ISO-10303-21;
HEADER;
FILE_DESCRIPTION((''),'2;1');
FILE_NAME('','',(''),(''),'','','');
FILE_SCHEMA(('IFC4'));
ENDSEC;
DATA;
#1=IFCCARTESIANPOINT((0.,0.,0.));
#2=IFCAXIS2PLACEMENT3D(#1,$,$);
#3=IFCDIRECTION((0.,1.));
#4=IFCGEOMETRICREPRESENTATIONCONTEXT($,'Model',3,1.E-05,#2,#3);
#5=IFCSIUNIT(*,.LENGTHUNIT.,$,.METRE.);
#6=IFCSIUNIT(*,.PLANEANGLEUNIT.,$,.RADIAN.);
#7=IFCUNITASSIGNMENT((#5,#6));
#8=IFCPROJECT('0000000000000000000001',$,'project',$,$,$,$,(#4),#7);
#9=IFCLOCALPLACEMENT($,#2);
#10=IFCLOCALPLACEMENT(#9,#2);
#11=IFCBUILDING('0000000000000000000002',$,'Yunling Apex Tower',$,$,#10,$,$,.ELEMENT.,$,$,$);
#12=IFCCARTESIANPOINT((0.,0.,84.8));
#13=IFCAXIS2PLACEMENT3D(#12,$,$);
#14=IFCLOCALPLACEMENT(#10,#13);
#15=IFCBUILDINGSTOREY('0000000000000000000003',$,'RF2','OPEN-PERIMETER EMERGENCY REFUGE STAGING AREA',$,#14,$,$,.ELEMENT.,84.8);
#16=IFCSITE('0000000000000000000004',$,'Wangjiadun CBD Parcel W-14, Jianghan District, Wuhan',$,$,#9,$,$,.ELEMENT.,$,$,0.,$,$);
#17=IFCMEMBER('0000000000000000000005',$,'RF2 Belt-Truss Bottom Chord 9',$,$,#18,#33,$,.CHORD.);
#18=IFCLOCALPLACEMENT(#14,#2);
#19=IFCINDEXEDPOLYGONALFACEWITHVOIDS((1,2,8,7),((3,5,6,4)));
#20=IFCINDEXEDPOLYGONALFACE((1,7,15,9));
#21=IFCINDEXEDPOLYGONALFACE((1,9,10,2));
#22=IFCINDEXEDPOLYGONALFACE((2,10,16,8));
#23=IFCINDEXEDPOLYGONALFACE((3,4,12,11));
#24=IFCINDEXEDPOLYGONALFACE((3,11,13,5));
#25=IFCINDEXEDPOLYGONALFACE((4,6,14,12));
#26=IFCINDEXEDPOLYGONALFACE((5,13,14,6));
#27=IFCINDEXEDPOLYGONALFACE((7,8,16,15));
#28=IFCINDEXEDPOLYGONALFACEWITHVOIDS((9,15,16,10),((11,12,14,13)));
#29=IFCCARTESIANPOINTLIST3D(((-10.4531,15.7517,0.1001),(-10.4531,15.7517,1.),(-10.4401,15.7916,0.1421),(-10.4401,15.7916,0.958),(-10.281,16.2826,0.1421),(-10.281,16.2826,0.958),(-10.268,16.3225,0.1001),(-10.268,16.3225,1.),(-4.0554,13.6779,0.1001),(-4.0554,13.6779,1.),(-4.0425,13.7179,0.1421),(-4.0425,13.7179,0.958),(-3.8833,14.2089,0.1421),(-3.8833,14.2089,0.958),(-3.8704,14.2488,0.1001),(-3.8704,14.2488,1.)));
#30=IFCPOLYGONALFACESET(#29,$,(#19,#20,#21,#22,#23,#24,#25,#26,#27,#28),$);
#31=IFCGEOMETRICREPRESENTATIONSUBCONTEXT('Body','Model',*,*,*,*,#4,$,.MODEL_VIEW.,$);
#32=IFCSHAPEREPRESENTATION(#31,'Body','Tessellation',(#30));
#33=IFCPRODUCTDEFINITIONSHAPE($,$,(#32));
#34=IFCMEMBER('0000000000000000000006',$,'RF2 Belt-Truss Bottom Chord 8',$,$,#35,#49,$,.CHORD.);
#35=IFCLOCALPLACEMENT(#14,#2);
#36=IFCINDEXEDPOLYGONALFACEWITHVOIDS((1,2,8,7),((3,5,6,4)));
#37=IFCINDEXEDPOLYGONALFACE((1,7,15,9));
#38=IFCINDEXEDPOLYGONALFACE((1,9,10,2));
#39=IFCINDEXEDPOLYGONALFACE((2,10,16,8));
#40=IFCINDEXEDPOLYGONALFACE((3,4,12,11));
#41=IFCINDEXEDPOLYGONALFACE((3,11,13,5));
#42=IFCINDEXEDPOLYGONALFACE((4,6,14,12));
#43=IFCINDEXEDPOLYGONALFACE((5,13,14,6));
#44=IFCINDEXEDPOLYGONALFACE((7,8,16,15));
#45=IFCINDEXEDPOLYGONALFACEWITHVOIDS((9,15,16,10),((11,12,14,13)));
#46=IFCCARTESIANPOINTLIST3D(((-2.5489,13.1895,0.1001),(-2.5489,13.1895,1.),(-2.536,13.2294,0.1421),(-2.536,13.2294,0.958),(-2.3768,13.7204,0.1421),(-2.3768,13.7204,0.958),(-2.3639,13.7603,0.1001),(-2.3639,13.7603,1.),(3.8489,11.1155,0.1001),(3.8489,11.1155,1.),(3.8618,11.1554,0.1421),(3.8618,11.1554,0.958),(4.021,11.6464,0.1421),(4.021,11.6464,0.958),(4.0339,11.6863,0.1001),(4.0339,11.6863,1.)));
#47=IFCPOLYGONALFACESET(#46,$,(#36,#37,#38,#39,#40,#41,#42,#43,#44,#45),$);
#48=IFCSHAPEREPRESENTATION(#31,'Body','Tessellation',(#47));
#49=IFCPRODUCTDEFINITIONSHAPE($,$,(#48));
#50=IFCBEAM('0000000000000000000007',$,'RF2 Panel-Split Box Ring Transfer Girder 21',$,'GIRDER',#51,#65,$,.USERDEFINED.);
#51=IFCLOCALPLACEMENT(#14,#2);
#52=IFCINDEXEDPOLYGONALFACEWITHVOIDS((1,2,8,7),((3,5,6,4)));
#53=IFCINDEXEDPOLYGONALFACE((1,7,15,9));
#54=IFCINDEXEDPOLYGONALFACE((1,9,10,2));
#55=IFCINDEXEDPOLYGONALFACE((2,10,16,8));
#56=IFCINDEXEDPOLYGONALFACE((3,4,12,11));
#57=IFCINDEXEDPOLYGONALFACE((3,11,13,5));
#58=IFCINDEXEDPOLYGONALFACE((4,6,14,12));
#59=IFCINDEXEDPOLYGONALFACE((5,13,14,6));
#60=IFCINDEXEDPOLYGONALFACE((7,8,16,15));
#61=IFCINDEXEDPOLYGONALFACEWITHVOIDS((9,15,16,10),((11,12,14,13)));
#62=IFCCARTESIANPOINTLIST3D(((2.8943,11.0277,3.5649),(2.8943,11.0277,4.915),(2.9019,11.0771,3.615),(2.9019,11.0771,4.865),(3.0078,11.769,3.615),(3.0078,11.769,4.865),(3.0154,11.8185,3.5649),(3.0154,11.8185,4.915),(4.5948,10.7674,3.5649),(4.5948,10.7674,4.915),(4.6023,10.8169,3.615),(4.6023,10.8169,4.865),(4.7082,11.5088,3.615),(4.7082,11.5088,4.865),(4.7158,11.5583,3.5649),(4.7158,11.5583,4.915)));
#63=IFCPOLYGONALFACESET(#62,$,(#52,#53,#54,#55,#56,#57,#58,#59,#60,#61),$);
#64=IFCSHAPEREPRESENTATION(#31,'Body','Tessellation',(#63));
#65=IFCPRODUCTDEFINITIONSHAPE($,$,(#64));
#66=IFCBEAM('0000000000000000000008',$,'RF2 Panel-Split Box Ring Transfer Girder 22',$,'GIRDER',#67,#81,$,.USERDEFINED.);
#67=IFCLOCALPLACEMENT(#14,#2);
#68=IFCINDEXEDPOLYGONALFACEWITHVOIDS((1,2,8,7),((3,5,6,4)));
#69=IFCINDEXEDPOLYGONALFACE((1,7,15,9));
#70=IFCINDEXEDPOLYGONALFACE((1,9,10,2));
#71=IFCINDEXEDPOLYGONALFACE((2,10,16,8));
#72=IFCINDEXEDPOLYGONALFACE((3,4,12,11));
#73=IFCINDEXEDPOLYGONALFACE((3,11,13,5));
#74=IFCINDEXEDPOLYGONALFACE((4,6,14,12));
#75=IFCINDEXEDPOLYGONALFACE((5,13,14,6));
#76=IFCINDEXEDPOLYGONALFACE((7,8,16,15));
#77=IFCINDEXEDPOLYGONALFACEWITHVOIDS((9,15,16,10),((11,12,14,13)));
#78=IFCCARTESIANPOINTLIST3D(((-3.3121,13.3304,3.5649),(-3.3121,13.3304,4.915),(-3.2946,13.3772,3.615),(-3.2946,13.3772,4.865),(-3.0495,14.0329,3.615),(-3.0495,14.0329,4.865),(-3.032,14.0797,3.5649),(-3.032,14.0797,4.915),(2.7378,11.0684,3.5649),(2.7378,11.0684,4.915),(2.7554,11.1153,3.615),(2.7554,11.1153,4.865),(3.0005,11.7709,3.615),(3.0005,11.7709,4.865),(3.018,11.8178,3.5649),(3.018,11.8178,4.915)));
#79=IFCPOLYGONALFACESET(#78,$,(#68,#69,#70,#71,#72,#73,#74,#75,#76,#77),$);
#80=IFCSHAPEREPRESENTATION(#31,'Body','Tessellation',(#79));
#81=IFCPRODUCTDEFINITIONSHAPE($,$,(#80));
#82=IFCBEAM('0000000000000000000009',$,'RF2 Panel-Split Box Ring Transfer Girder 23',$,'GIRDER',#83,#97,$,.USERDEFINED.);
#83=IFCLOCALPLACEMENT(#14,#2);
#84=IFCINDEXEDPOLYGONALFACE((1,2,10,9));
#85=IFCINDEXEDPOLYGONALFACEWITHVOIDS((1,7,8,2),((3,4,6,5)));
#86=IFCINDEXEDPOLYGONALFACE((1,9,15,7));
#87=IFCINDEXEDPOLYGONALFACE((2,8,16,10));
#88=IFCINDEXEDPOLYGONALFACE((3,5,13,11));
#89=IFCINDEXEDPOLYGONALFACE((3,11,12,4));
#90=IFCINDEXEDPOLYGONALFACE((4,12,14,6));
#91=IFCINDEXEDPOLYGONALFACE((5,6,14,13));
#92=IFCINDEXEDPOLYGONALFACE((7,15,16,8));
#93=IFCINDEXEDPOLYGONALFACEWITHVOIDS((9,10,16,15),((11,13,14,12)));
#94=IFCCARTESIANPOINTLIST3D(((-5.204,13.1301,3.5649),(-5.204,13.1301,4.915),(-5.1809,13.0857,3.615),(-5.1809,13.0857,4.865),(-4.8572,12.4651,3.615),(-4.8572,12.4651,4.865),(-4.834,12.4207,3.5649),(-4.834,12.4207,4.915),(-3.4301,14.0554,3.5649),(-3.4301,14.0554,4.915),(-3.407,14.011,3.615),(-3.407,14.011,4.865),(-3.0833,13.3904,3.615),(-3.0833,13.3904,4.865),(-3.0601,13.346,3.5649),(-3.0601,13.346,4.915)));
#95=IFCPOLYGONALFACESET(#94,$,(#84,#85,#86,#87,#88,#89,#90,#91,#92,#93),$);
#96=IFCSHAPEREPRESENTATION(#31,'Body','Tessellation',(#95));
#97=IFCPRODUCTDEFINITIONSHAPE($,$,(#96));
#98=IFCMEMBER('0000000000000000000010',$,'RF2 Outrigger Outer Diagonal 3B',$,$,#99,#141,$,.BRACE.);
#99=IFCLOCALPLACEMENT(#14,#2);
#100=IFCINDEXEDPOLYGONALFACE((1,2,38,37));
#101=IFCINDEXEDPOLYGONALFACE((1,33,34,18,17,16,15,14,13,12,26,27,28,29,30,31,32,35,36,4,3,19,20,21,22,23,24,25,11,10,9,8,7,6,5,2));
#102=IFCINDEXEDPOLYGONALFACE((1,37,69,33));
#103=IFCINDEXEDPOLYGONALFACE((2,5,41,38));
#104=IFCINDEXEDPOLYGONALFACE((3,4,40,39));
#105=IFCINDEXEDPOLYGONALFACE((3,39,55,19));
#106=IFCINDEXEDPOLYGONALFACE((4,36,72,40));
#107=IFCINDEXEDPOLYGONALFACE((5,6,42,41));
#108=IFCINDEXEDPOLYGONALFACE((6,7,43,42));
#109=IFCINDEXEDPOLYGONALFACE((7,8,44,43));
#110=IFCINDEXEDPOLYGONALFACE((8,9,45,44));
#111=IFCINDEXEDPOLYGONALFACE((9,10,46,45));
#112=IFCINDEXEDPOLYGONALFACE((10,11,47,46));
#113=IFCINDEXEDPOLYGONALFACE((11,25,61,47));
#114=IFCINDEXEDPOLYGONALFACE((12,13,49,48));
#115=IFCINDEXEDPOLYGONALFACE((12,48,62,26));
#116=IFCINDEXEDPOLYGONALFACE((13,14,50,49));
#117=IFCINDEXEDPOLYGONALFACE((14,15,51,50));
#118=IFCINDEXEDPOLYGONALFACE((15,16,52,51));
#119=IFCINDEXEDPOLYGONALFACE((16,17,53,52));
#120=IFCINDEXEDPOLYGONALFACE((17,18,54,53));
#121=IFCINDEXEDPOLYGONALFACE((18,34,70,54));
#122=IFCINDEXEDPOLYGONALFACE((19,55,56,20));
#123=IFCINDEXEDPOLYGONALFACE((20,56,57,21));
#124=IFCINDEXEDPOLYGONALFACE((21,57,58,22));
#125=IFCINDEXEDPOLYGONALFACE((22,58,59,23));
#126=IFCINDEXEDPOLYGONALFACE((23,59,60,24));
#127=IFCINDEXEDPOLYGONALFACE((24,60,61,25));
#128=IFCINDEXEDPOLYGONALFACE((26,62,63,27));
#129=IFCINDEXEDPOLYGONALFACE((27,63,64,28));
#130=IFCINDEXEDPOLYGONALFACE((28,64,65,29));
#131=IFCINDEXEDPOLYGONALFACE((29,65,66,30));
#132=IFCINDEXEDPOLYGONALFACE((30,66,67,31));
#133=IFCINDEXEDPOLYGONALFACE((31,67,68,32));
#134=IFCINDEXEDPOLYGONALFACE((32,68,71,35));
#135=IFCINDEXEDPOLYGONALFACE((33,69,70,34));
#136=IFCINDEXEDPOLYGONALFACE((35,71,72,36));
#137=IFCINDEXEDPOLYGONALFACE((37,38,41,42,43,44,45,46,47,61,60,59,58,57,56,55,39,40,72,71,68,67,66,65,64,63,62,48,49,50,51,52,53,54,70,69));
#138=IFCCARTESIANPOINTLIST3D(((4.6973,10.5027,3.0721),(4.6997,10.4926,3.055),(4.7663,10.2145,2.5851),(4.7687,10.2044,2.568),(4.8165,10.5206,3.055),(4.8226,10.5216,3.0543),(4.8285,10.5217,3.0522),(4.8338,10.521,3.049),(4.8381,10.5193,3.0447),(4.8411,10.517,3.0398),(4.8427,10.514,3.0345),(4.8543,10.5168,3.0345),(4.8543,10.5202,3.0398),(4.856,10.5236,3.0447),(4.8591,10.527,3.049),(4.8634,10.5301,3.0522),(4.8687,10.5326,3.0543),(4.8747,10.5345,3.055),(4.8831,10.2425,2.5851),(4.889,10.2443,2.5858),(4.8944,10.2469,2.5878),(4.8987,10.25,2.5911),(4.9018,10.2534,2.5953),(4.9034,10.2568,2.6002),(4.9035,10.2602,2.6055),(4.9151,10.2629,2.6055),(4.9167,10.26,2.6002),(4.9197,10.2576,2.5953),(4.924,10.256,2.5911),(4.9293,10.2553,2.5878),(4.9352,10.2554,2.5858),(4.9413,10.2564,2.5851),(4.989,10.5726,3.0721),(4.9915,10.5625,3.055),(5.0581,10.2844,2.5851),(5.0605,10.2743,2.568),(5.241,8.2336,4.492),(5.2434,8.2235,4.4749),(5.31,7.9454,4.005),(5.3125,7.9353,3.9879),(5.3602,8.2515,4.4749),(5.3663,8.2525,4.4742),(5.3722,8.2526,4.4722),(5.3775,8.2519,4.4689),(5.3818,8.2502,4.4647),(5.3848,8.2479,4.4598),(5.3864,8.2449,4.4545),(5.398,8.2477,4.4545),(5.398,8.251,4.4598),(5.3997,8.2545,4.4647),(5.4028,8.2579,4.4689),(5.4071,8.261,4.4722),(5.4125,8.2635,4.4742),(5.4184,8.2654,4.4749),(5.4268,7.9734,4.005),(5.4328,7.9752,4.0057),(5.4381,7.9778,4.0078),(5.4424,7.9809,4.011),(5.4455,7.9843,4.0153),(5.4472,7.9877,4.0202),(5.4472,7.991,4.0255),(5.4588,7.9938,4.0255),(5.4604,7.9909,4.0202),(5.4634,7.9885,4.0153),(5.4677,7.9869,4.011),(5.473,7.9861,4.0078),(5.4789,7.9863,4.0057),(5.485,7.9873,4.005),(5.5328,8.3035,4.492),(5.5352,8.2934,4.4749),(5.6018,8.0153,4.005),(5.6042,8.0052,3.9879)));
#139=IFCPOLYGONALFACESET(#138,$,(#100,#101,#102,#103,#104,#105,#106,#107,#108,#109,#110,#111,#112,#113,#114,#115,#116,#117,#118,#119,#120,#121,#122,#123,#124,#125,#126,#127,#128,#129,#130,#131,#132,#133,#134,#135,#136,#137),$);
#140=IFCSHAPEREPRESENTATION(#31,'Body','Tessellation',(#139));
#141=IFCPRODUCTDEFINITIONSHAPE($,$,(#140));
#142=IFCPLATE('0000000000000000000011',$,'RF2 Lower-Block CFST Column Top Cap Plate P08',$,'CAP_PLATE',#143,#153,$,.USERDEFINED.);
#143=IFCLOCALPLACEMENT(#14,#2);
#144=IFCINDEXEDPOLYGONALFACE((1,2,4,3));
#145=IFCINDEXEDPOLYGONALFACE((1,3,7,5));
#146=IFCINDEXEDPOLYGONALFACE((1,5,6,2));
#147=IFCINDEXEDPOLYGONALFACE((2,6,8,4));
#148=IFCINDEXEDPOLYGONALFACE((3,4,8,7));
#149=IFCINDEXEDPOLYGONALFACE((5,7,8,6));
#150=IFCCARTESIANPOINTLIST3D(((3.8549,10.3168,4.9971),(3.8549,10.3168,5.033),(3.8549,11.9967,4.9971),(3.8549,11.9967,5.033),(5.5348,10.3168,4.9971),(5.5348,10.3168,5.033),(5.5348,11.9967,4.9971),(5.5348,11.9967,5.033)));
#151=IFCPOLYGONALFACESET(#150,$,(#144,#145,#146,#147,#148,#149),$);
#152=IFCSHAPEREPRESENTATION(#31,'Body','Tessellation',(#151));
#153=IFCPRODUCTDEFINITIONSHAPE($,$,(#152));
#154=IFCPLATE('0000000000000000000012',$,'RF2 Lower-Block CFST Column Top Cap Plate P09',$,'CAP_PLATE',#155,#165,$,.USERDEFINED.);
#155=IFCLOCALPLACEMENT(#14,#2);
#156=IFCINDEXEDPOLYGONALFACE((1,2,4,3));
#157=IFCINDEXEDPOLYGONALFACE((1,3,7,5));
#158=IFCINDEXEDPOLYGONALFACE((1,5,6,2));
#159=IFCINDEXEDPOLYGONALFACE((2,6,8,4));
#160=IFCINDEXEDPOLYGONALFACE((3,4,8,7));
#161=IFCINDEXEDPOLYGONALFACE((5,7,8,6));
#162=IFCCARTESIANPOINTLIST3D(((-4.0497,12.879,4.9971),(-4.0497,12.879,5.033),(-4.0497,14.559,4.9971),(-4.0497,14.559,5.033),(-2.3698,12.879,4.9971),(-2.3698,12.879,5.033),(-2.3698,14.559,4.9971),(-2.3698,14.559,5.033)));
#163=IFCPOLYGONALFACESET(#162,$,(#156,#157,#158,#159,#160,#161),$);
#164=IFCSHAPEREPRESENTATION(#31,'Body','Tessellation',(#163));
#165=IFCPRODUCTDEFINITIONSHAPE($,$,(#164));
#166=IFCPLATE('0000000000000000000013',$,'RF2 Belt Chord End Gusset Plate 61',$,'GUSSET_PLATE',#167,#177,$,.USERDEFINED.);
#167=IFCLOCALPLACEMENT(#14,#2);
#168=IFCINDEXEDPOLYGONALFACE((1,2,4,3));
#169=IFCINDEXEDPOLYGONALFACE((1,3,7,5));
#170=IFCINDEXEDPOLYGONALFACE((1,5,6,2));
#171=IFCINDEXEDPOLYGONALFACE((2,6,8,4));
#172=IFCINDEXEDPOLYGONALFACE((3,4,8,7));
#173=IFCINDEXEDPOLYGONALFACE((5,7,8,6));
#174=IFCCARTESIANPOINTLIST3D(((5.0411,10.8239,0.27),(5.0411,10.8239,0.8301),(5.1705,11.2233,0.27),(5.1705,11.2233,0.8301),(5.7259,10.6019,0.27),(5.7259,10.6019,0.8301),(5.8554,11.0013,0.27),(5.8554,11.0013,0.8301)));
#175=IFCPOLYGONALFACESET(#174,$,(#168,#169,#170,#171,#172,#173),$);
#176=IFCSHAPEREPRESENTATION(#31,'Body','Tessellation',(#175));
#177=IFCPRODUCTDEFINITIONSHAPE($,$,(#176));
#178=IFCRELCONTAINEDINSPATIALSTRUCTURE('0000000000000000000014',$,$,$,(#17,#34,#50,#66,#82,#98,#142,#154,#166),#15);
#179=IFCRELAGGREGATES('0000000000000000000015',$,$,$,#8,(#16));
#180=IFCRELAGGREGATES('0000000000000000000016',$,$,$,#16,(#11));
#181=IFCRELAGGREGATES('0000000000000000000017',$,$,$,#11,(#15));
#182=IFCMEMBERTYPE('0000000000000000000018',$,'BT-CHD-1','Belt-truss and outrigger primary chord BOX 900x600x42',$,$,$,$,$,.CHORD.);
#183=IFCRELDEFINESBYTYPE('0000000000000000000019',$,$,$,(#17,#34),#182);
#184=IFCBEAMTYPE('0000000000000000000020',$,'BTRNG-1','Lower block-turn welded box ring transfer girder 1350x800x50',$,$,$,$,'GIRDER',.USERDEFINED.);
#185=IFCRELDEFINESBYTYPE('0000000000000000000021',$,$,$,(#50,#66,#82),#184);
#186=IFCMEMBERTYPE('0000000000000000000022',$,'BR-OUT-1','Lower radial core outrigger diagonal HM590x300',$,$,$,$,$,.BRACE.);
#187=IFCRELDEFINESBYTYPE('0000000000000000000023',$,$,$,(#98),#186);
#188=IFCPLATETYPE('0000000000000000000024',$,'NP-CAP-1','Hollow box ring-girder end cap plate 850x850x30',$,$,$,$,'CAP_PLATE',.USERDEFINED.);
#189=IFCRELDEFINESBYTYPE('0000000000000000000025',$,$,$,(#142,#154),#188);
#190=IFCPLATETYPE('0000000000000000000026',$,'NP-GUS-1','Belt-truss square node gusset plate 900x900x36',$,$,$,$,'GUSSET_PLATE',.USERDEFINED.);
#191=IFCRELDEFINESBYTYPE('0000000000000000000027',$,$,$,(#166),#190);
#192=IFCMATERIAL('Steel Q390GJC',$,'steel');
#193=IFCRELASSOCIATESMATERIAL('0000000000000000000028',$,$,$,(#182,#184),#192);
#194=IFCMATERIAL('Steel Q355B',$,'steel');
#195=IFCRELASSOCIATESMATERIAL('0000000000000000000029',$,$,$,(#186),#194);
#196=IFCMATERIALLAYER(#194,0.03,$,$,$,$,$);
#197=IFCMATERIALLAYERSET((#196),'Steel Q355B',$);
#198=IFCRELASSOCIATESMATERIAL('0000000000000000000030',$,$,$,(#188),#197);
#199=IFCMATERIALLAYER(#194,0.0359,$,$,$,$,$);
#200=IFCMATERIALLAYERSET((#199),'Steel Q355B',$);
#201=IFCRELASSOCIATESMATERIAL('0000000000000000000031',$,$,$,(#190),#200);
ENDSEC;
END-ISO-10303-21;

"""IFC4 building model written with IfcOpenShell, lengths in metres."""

from ifc_helpers import new_model, si_unit, direction, frame, origin, origin_2d, place, context, subcontext, project, spatial, rectangle, hollow_rectangle, i_section, extrude, source, transform, mapped, material, layer, layer_set, material_profile, profile_set, type_object, element, save


model = new_model("IFC4")

# Units and contexts
model_context = context("Model", 3, precision=1e-05, world=origin(), true_north=direction((0.0, 1.0)))
body_context = subcontext(model_context, "Body", "Model", "MODEL_VIEW")
ifc_project = project(units=[si_unit("LENGTHUNIT", "METRE"), si_unit("PLANEANGLEUNIT", "RADIAN")], contexts=[model_context])

# Site, building, storey
site_placement = place(None, origin())
site = spatial("IfcSite", under=ifc_project, at=site_placement, Name="Wangjiadun CBD Parcel W-14, Jianghan District, Wuhan", CompositionType="ELEMENT", RefElevation=0.0)
building_placement = place(site_placement, origin())
building = spatial("IfcBuilding", under=site, at=building_placement, Name="Yunling Apex Tower", CompositionType="ELEMENT")
storey_placement = place(building_placement, frame((0.0, 0.0, 84.8)))
storey = spatial("IfcBuildingStorey", under=building, at=storey_placement, Name="RF2", Description="OPEN-PERIMETER EMERGENCY REFUGE STAGING AREA", CompositionType="ELEMENT", Elevation=84.8)

# Shared definitions
ifc_material_1 = material(Name="Steel Q390GJC", Category="steel")

# Members
ifc_material_profile_1 = material_profile(ifc_material_1, hollow_rectangle(XDim=0.6001, YDim=0.8999, WallThickness=0.042, at=origin_2d()))
ifc_profile_set_1 = profile_set([ifc_material_profile_1], Name="Steel Q390GJC")
member_type_1 = type_object("IfcMemberType", Name="BT-CHD-1", Description="Belt-truss and outrigger primary chord BOX 900x600x42", PredefinedType="CHORD", material=ifc_profile_set_1)
shared_shape_1 = source(origin(), body_context, "Body", "SweptSolid", [
    extrude(hollow_rectangle(XDim=0.6001, YDim=0.8999, WallThickness=0.042, at=origin_2d()), origin(), (0.0, 0.0, 1.0), 6.7253),
])
member_1_placement = place(storey_placement, frame((-3.9629, 13.9634, 0.55), z_axis=(-0.951275, 0.308343, 0.0), x_axis=(-0.308343, -0.951275, 0.0)))
element("IfcMember", 1, at=member_1_placement, inside=storey, type_object=member_type_1, Name="RF2 Belt-Truss Bottom Chord 9", PredefinedType="CHORD", context=body_context, shape_type="MappedRepresentation", body=[
    mapped(shared_shape_1, transform((0.0, 0.0, 0.0), scale=1.0)),
])
shared_shape_2 = source(origin(), body_context, "Body", "SweptSolid", [
    extrude(hollow_rectangle(XDim=0.6001, YDim=0.8999, WallThickness=0.042, at=origin_2d()), origin(), (0.0, 0.0, 1.0), 6.7256),
])
member_2_placement = place(storey_placement, frame((3.9414, 11.4009, 0.55), z_axis=(-0.951265, 0.308376, 0.0), x_axis=(-0.308376, -0.951265, 0.0)))
element("IfcMember", 2, at=member_2_placement, inside=storey, type_object=member_type_1, Name="RF2 Belt-Truss Bottom Chord 8", PredefinedType="CHORD", context=body_context, shape_type="MappedRepresentation", body=[
    mapped(shared_shape_2, transform((0.0, 0.0, 0.0), scale=1.0)),
])

# Beams
ifc_material_profile_2 = material_profile(ifc_material_1, hollow_rectangle(XDim=0.8, YDim=1.3501, WallThickness=0.05, at=origin_2d()))
ifc_profile_set_2 = profile_set([ifc_material_profile_2], Name="Steel Q390GJC")
beam_type = type_object("IfcBeamType", Name="BTRNG-1", Description="Lower block-turn welded box ring transfer girder 1350x800x50", ElementType="GIRDER", PredefinedType="USERDEFINED", material=ifc_profile_set_2)
shared_shape_3 = source(origin(), body_context, "Body", "SweptSolid", [
    extrude(hollow_rectangle(XDim=0.8, YDim=1.3501, WallThickness=0.05, at=origin_2d()), origin(), (0.0, 0.0, 1.0), 1.7202),
])
beam_1_placement = place(storey_placement, frame((4.6553, 11.1628, 4.24), z_axis=(-0.98849, 0.151289, 0.0), x_axis=(-0.151289, -0.98849, 0.0)))
element("IfcBeam", 3, at=beam_1_placement, inside=storey, type_object=beam_type, Name="RF2 Panel-Split Box Ring Transfer Girder 21", ObjectType="GIRDER", PredefinedType="USERDEFINED", context=body_context, shape_type="MappedRepresentation", body=[
    mapped(shared_shape_3, transform((0.0, 0.0, 0.0), scale=1.0)),
])
shared_shape_4 = source(origin(), body_context, "Body", "SweptSolid", [
    extrude(hollow_rectangle(XDim=0.8, YDim=1.3501, WallThickness=0.05, at=origin_2d()), origin(), (0.0, 0.0, 1.0), 6.459),
])
beam_2_placement = place(storey_placement, frame((2.8779, 11.4431, 4.24), z_axis=(-0.936675, 0.3502, 0.0), x_axis=(-0.3502, -0.936675, 0.0)))
element("IfcBeam", 4, at=beam_2_placement, inside=storey, type_object=beam_type, Name="RF2 Panel-Split Box Ring Transfer Girder 22", ObjectType="GIRDER", PredefinedType="USERDEFINED", context=body_context, shape_type="MappedRepresentation", body=[
    mapped(shared_shape_4, transform((0.0, 0.0, 0.0), scale=1.0)),
])
shared_shape_5 = source(origin(), body_context, "Body", "SweptSolid", [
    extrude(hollow_rectangle(XDim=0.8, YDim=1.3501, WallThickness=0.05, at=origin_2d()), origin(), (0.0, 0.0, 1.0), 2.0007),
])
beam_3_placement = place(storey_placement, frame((-3.2451, 13.7007, 4.24), z_axis=(-0.886633, -0.462474, 0.0), x_axis=(0.462474, -0.886633, 0.0)))
element("IfcBeam", 5, at=beam_3_placement, inside=storey, type_object=beam_type, Name="RF2 Panel-Split Box Ring Transfer Girder 23", ObjectType="GIRDER", PredefinedType="USERDEFINED", context=body_context, shape_type="MappedRepresentation", body=[
    mapped(shared_shape_5, transform((0.0, 0.0, 0.0), scale=1.0)),
])

# Member
ifc_material_2 = material(Name="Steel Q355B", Category="steel")
ifc_material_profile_3 = material_profile(ifc_material_2, i_section(OverallWidth=0.3, OverallDepth=0.5901, WebThickness=0.012, FlangeThickness=0.02, FilletRadius=0.0239, at=origin_2d()))
ifc_profile_set_3 = profile_set([ifc_material_profile_3], Name="Steel Q355B")
member_type_2 = type_object("IfcMemberType", Name="BR-OUT-1", Description="Lower radial core outrigger diagonal HM590x300", PredefinedType="BRACE", material=ifc_profile_set_3)
shared_shape_6 = source(origin(), body_context, "Body", "SweptSolid", [
    extrude(i_section(OverallWidth=0.3, OverallDepth=0.5901, WebThickness=0.012, FlangeThickness=0.02, FilletRadius=0.0239, at=origin_2d()), origin(), (0.0, 0.0, 1.0), 2.7314),
])
member_3_placement = place(storey_placement, frame((5.4226, 8.1194, 4.24), z_axis=(-0.199059, 0.830736, -0.519858), x_axis=(-0.972472, -0.233021, 0.0)))
element("IfcMember", 6, at=member_3_placement, inside=storey, type_object=member_type_2, Name="RF2 Outrigger Outer Diagonal 3B", PredefinedType="BRACE", context=body_context, shape_type="MappedRepresentation", body=[
    mapped(shared_shape_6, transform((0.0, 0.0, 0.0), scale=1.0)),
])

# Plates
ifc_layer_1 = layer(ifc_material_2, 0.03)
ifc_layer_set_1 = layer_set([ifc_layer_1], Name="Steel Q355B")
plate_type_1 = type_object("IfcPlateType", Name="NP-CAP-1", Description="Hollow box ring-girder end cap plate 850x850x30", ElementType="CAP_PLATE", PredefinedType="USERDEFINED", material=ifc_layer_set_1)
shared_shape_7 = source(origin(), body_context, "Body", "SweptSolid", [
    extrude(rectangle(XDim=1.6799, YDim=1.6799, at=origin_2d()), origin(), (0.0, 0.0, 1.0), 0.0359),
])
for number, where, z_axis, x_axis, name in (
    (7, (4.6948, 11.1567, 4.9971), (0.0, 0.0, 1.0), (1.0, 0.0, 0.0), "RF2 Lower-Block CFST Column Top Cap Plate P08"),
    (8, (-3.2097, 13.719, 4.9971), (0.0, 0.0, 1.0), (1.0, 0.0, 0.0), "RF2 Lower-Block CFST Column Top Cap Plate P09"),
):
    element("IfcPlate", number, at=place(storey_placement, frame(where, z_axis=z_axis, x_axis=x_axis)), inside=storey, type_object=plate_type_1, Name=name, ObjectType="CAP_PLATE", PredefinedType="USERDEFINED", context=body_context, shape_type="MappedRepresentation", body=[
        mapped(shared_shape_7, transform((0.0, 0.0, 0.0), scale=1.0)),
    ])
ifc_layer_2 = layer(ifc_material_2, 0.0359)
ifc_layer_set_2 = layer_set([ifc_layer_2], Name="Steel Q355B")
plate_type_2 = type_object("IfcPlateType", Name="NP-GUS-1", Description="Belt-truss square node gusset plate 900x900x36", ElementType="GUSSET_PLATE", PredefinedType="USERDEFINED", material=ifc_layer_set_2)
shared_shape_8 = source(origin(), body_context, "Body", "SweptSolid", [
    extrude(rectangle(XDim=0.72, YDim=0.4199, at=origin_2d()), origin(), (0.0, 0.0, 1.0), 0.5601),
])
for number, where, z_axis, x_axis, name in (
    (9, (5.4482, 10.9126, 0.27), (0.0, 0.0, 1.0), (-0.951272, 0.308353, 0.0), "RF2 Belt Chord End Gusset Plate 61"),
):
    element("IfcPlate", number, at=place(storey_placement, frame(where, z_axis=z_axis, x_axis=x_axis)), inside=storey, type_object=plate_type_2, Name=name, ObjectType="GUSSET_PLATE", PredefinedType="USERDEFINED", context=body_context, shape_type="MappedRepresentation", body=[
        mapped(shared_shape_8, transform((0.0, 0.0, 0.0), scale=1.0)),
    ])

save(model, "model.ifc")
